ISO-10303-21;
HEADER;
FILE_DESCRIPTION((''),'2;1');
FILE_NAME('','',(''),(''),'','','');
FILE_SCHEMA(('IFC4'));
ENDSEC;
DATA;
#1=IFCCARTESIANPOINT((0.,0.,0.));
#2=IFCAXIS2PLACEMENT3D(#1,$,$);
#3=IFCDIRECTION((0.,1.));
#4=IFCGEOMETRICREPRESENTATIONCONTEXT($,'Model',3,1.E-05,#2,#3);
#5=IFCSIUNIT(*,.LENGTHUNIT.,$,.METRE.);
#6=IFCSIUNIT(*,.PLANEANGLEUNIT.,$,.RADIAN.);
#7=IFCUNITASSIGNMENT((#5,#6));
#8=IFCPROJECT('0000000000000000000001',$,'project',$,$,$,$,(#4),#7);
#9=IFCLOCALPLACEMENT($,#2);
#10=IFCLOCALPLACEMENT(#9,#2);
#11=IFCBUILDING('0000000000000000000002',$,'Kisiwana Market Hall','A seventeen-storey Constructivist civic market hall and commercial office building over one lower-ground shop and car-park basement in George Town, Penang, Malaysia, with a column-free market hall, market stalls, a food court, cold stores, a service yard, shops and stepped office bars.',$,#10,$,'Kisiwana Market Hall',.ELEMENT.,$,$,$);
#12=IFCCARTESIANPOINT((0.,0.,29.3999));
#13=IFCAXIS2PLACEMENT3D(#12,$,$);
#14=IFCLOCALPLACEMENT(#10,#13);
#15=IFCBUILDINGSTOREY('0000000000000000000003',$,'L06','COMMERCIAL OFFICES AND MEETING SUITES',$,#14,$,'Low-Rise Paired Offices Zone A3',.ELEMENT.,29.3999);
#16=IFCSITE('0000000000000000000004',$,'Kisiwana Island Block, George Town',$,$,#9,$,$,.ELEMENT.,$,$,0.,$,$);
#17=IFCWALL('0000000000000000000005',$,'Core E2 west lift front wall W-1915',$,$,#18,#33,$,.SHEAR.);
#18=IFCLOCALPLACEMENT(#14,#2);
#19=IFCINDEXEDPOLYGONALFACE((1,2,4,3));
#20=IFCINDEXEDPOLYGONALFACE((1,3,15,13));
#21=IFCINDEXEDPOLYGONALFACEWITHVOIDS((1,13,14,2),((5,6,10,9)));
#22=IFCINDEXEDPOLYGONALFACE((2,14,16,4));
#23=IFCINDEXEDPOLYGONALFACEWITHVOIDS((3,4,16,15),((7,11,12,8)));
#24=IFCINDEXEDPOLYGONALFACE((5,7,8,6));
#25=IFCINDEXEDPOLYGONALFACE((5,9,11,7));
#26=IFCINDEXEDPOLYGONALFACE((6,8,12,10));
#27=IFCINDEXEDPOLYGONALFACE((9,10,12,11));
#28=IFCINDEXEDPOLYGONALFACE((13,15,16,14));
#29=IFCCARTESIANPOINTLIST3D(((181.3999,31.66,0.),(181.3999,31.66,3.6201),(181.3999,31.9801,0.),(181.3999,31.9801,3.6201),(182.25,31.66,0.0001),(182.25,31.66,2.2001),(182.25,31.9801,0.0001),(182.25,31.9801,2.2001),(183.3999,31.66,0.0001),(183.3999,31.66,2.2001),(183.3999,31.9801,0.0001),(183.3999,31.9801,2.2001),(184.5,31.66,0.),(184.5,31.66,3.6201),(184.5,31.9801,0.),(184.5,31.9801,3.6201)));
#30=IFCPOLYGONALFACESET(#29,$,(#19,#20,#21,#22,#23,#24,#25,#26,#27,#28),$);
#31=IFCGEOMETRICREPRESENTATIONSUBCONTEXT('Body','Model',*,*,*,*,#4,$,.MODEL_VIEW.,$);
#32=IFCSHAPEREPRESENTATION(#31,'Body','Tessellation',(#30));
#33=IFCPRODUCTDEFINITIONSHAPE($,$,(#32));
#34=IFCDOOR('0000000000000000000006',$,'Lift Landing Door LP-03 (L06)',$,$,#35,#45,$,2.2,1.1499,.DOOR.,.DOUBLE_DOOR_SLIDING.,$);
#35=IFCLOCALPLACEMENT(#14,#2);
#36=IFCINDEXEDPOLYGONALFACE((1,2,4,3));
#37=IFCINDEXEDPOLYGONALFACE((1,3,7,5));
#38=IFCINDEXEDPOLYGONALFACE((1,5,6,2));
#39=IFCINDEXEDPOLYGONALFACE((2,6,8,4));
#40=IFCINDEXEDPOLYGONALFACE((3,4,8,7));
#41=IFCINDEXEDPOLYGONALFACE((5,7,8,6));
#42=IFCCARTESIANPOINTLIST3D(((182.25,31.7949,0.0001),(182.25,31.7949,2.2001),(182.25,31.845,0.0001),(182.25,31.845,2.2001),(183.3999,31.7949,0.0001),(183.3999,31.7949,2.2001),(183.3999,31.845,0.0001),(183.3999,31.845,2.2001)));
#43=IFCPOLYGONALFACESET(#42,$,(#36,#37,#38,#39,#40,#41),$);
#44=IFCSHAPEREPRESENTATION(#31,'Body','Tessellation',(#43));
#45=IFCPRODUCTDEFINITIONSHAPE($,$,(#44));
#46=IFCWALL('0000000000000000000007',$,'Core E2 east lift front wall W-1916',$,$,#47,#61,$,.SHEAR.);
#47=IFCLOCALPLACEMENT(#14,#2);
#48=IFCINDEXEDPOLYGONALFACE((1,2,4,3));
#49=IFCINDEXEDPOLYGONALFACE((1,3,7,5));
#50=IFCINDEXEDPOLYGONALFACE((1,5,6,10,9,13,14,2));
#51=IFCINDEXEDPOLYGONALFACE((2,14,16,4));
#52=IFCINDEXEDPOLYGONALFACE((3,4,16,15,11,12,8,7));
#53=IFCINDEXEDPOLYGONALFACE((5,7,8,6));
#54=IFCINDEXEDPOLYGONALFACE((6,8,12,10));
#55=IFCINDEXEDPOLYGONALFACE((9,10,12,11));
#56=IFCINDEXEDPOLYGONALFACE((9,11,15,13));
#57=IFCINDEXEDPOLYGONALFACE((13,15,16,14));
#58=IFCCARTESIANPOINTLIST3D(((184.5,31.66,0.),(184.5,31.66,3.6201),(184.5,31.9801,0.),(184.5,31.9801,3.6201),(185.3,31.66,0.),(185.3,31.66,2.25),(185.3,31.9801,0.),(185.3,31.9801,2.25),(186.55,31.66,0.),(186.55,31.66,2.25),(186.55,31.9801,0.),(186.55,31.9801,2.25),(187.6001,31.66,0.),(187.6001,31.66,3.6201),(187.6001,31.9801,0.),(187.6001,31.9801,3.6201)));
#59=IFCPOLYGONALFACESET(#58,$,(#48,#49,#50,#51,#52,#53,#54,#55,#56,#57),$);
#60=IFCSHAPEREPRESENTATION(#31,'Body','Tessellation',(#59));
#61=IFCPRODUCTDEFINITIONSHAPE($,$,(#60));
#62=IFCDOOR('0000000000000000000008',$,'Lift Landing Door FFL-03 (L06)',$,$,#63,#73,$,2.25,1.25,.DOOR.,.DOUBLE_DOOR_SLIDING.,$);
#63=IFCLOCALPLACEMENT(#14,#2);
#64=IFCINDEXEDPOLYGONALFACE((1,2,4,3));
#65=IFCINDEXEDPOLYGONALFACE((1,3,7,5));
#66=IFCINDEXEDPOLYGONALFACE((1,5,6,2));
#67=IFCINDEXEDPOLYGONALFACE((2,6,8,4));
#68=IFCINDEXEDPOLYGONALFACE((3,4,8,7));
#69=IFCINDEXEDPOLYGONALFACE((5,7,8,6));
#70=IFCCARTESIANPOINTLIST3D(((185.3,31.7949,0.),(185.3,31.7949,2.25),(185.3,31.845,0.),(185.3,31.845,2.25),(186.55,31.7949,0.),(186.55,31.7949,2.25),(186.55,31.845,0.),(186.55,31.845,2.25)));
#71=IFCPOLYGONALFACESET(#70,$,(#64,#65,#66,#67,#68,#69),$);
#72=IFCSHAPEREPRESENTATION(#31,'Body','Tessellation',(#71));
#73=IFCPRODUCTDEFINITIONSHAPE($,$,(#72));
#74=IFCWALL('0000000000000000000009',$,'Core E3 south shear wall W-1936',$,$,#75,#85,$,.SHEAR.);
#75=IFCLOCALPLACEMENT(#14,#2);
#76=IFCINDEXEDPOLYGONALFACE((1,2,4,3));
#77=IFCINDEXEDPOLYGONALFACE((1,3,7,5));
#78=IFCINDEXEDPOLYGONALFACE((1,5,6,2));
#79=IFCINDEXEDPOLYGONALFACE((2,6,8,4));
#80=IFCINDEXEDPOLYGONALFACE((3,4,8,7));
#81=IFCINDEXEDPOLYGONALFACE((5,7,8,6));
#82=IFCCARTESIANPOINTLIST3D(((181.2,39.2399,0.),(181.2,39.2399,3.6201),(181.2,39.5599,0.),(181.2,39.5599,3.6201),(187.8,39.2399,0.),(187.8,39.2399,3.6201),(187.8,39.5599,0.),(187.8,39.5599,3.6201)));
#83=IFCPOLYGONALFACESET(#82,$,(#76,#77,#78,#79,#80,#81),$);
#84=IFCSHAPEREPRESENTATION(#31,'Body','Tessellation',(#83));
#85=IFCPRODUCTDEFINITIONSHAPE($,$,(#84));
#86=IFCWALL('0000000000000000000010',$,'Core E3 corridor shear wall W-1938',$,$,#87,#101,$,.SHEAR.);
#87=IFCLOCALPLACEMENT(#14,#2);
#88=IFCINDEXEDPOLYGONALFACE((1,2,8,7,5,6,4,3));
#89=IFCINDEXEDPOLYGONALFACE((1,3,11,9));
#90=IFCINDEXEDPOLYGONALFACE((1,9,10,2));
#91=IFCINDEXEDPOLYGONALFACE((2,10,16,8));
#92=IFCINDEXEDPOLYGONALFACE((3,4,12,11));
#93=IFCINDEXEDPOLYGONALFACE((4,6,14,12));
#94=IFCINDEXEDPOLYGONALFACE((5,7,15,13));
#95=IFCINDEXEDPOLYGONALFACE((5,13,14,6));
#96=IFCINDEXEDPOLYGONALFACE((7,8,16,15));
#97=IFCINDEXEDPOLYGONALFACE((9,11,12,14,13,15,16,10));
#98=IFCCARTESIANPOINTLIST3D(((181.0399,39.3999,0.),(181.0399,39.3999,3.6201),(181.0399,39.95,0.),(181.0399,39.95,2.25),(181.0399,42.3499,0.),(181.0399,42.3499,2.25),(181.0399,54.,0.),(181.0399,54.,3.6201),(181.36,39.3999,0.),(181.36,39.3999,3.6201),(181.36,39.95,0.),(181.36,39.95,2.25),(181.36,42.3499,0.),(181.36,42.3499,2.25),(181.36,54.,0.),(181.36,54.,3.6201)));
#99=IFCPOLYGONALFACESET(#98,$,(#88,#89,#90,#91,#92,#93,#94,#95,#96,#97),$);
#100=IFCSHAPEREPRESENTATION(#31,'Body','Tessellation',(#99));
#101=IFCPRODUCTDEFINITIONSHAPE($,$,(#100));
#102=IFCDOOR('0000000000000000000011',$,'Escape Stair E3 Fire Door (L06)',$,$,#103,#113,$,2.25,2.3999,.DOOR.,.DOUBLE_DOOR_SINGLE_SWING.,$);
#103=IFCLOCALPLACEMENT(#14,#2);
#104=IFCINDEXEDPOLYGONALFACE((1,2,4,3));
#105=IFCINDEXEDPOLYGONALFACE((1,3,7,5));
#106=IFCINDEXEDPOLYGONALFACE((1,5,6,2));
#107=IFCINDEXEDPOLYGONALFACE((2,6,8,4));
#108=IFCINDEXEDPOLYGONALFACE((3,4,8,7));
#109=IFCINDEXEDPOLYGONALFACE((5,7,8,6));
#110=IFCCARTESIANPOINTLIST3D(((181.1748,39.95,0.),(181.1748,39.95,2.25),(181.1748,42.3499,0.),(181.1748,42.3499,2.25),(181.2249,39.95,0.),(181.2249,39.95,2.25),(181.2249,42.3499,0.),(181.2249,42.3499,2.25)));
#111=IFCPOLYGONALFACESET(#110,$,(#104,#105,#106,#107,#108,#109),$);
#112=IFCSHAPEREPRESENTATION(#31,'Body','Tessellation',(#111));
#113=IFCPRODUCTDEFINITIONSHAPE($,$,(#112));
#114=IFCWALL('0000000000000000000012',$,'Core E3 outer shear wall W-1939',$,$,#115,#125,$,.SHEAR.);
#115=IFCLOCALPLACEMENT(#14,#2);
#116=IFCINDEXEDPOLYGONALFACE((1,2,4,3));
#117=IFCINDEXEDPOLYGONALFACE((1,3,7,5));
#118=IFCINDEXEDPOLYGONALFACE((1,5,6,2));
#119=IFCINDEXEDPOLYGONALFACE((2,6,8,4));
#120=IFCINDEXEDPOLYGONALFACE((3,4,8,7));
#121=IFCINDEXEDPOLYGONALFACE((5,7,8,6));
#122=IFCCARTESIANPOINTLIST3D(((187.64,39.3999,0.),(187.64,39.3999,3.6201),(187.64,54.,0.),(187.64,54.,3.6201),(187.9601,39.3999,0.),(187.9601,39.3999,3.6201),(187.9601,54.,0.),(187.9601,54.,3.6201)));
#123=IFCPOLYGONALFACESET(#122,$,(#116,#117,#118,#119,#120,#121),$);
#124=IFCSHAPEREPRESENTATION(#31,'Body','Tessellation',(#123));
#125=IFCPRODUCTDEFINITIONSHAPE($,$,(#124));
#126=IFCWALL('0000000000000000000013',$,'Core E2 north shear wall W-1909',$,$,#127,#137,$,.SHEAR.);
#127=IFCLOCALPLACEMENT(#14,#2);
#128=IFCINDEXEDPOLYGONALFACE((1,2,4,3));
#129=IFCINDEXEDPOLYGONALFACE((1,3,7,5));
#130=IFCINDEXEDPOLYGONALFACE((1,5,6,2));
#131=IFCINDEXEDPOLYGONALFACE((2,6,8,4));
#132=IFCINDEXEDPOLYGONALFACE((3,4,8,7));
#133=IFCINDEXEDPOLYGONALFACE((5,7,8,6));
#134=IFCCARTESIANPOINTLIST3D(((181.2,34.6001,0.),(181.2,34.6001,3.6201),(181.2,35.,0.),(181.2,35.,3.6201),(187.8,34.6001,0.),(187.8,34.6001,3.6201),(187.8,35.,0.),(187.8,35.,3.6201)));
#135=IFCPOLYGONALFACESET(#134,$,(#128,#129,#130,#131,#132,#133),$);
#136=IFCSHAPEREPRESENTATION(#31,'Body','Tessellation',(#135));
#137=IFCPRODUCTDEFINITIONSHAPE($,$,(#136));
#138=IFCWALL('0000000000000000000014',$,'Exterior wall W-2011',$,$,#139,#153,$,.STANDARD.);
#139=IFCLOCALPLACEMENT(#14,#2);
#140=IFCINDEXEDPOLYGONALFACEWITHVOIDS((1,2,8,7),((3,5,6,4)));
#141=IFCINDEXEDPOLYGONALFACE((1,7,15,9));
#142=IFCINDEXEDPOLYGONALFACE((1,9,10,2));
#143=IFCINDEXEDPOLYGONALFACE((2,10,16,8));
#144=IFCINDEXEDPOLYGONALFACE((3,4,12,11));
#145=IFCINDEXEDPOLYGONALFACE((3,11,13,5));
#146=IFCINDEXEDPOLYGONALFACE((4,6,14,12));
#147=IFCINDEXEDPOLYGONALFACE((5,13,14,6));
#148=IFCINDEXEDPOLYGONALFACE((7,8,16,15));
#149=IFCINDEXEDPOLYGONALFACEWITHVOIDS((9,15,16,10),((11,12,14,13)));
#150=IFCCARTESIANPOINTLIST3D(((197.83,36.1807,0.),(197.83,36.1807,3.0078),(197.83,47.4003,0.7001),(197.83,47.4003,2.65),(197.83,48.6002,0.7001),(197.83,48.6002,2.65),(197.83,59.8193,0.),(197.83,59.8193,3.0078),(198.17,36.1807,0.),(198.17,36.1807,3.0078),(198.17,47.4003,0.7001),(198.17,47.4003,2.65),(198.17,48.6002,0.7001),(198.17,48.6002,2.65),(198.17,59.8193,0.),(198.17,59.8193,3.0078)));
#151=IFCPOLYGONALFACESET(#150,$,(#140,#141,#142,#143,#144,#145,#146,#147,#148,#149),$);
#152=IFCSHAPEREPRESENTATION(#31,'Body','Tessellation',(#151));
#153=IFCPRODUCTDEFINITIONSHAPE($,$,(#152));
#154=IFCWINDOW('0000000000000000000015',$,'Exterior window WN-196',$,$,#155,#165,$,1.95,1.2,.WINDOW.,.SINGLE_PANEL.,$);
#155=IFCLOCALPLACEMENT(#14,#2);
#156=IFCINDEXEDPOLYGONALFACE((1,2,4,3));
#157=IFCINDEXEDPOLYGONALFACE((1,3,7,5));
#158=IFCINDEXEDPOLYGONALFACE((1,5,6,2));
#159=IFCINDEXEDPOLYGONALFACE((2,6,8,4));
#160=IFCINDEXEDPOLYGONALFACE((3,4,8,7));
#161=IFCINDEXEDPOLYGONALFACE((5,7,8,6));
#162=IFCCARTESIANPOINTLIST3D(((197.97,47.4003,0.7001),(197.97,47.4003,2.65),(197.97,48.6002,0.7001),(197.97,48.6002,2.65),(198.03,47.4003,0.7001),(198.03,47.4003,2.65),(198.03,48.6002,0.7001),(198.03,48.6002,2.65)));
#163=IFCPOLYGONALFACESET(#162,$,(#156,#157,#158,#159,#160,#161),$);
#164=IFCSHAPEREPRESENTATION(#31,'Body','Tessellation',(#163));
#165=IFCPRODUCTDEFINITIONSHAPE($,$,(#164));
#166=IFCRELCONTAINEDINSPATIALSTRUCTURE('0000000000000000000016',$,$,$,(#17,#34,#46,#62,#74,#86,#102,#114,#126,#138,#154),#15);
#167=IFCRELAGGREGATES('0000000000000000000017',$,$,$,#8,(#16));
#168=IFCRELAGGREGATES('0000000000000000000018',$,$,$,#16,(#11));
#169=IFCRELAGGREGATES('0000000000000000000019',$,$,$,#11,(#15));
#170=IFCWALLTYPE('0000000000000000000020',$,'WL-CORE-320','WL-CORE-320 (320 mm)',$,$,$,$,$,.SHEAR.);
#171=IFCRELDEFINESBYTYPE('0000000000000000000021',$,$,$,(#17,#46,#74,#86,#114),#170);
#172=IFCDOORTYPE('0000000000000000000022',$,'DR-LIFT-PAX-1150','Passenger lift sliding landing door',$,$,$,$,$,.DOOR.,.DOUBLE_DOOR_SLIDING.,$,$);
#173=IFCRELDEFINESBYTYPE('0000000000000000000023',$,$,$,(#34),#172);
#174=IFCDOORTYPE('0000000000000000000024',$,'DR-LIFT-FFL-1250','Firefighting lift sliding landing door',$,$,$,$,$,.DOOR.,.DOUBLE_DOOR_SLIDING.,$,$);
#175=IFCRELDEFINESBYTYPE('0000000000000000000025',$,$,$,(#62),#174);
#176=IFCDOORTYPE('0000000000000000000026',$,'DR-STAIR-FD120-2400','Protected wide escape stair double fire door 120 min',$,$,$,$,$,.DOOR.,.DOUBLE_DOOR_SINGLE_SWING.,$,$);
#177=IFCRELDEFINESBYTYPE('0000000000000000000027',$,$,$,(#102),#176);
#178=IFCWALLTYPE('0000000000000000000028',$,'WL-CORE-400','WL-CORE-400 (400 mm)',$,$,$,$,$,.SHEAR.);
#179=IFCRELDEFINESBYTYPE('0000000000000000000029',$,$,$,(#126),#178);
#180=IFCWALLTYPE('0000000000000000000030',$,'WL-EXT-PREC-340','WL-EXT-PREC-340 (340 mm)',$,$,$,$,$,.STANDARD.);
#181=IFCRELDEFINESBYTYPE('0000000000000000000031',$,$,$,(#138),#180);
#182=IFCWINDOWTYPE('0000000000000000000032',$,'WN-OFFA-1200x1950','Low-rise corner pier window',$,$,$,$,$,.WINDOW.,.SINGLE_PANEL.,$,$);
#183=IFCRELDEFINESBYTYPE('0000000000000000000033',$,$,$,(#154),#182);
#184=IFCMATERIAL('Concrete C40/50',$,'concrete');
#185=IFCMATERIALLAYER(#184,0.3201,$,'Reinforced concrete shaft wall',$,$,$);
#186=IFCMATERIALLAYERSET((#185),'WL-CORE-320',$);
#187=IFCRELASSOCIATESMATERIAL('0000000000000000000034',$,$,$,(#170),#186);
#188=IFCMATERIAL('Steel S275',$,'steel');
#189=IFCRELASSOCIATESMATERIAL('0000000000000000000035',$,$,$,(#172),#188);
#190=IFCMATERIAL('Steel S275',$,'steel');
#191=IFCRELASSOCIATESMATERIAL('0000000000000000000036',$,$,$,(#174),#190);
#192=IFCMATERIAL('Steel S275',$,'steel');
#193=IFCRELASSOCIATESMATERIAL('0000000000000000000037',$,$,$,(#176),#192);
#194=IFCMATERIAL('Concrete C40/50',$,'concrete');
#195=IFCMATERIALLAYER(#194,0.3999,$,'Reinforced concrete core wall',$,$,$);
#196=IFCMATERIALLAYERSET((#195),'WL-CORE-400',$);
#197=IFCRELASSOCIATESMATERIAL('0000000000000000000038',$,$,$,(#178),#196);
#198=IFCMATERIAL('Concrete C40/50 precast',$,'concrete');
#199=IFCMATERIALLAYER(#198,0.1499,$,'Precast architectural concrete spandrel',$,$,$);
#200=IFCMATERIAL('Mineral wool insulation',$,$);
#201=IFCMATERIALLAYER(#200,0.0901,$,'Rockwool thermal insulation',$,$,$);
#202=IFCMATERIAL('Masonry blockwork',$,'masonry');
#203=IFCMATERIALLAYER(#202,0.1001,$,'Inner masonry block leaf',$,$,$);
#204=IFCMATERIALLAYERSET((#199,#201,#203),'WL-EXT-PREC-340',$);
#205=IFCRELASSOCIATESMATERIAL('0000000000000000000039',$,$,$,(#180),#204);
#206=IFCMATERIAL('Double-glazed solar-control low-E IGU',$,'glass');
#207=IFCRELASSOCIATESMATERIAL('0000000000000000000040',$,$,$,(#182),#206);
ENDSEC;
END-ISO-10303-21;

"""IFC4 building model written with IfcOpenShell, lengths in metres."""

from ifc_helpers import new_model, si_unit, direction, frame, frame_2d, origin, place, context, subcontext, project, spatial, rectangle, extrude, material, layer, layer_set, type_object, element, fill, save


model = new_model("IFC4")

# Units and contexts
model_context = context("Model", 3, precision=1e-05, world=origin(), true_north=direction((0.0, 1.0)))
body_context = subcontext(model_context, "Body", "Model", "MODEL_VIEW")
ifc_project = project(units=[si_unit("LENGTHUNIT", "METRE"), si_unit("PLANEANGLEUNIT", "RADIAN")], contexts=[model_context])

# Site, building, storey
site_placement = place(None, origin())
site = spatial("IfcSite", under=ifc_project, at=site_placement, Name="Kisiwana Island Block, George Town", CompositionType="ELEMENT", RefElevation=0.0)
building_placement = place(site_placement, origin())
building = spatial("IfcBuilding", under=site, at=building_placement, Name="Kisiwana Market Hall", Description="A seventeen-storey Constructivist civic market hall and commercial office building over one lower-ground shop and car-park basement in George Town, Penang, Malaysia, with a column-free market hall, market stalls, a food court, cold stores, a service yard, shops and stepped office bars.", LongName="Kisiwana Market Hall", CompositionType="ELEMENT")
storey_placement = place(building_placement, frame((0.0, 0.0, 29.3999)))
storey = spatial("IfcBuildingStorey", under=building, at=storey_placement, Name="L06", Description="COMMERCIAL OFFICES AND MEETING SUITES", LongName="Low-Rise Paired Offices Zone A3", CompositionType="ELEMENT", Elevation=29.3999)

# Walls, openings, doors
ifc_material_1 = material(Name="Concrete C40/50", Category="concrete")
ifc_layer_1 = layer(ifc_material_1, 0.3201, Name="Reinforced concrete shaft wall")
ifc_layer_set_1 = layer_set([ifc_layer_1], Name="WL-CORE-320")
wall_type_1 = type_object("IfcWallType", Name="WL-CORE-320", Description="WL-CORE-320 (320 mm)", PredefinedType="SHEAR", material=ifc_layer_set_1)
wall_1_placement = place(storey_placement, frame((181.3999, 31.8201, 0.0), z_axis=(0.0, 0.0, 1.0), x_axis=(1.0, 0.0, 0.0)))
wall_1 = element("IfcWall", 1, at=wall_1_placement, inside=storey, type_object=wall_type_1, Name="Core E2 west lift front wall W-1915", PredefinedType="SHEAR", context=body_context, shape_type="SweptSolid", body=[
    extrude(rectangle(XDim=3.1001, YDim=0.3201, at=frame_2d((1.55, 0.0))), origin(), (0.0, 0.0, 1.0), 3.6201),
])
opening_1_placement = place(wall_1_placement, frame((0.8501, 0.0, 0.0)))
opening_1 = element("IfcOpeningElement", 2, at=opening_1_placement, cuts=wall_1, PredefinedType="OPENING", context=body_context, shape_type="SweptSolid", body=[
    extrude(rectangle(XDim=1.1499, YDim=2.2, at=frame_2d((0.575, 1.1001))), frame((0.0, 0.1719, 0.0), z_axis=(0.0, -1.0, 0.0), x_axis=(1.0, 0.0, 0.0)), (0.0, 0.0, 1.0), 0.344),
])
ifc_material_2 = material(Name="Steel S275", Category="steel")
door_type_1 = type_object("IfcDoorType", Name="DR-LIFT-PAX-1150", Description="Passenger lift sliding landing door", OperationType="DOUBLE_DOOR_SLIDING", PredefinedType="DOOR", material=ifc_material_2)
door_1_placement = place(opening_1_placement, origin())
door_1 = element("IfcDoor", 3, at=door_1_placement, inside=storey, type_object=door_type_1, Name="Lift Landing Door LP-03 (L06)", OperationType="DOUBLE_DOOR_SLIDING", OverallHeight=2.2, OverallWidth=1.1499, PredefinedType="DOOR", context=body_context, shape_type="SweptSolid", body=[
    extrude(rectangle(XDim=1.1499, YDim=2.2, at=frame_2d((0.575, 1.1001))), frame((0.0, 0.0249, 0.0), z_axis=(0.0, -1.0, 0.0), x_axis=(1.0, 0.0, 0.0)), (0.0, 0.0, 1.0), 0.05),
])
fill(opening_1, door_1)
wall_2_placement = place(storey_placement, frame((184.5, 31.8201, 0.0), z_axis=(0.0, 0.0, 1.0), x_axis=(1.0, 0.0, 0.0)))
wall_2 = element("IfcWall", 4, at=wall_2_placement, inside=storey, type_object=wall_type_1, Name="Core E2 east lift front wall W-1916", PredefinedType="SHEAR", context=body_context, shape_type="SweptSolid", body=[
    extrude(rectangle(XDim=3.1001, YDim=0.3201, at=frame_2d((1.55, 0.0))), origin(), (0.0, 0.0, 1.0), 3.6201),
])
opening_2_placement = place(wall_2_placement, frame((0.8, 0.0, 0.0)))
opening_2 = element("IfcOpeningElement", 5, at=opening_2_placement, cuts=wall_2, PredefinedType="OPENING", context=body_context, shape_type="SweptSolid", body=[
    extrude(rectangle(XDim=1.25, YDim=2.25, at=frame_2d((0.625, 1.125))), frame((0.0, 0.1719, 0.0), z_axis=(0.0, -1.0, 0.0), x_axis=(1.0, 0.0, 0.0)), (0.0, 0.0, 1.0), 0.344),
])
ifc_material_3 = material(Name="Steel S275", Category="steel")
door_type_2 = type_object("IfcDoorType", Name="DR-LIFT-FFL-1250", Description="Firefighting lift sliding landing door", OperationType="DOUBLE_DOOR_SLIDING", PredefinedType="DOOR", material=ifc_material_3)
door_2_placement = place(opening_2_placement, origin())
door_2 = element("IfcDoor", 6, at=door_2_placement, inside=storey, type_object=door_type_2, Name="Lift Landing Door FFL-03 (L06)", OperationType="DOUBLE_DOOR_SLIDING", OverallHeight=2.25, OverallWidth=1.25, PredefinedType="DOOR", context=body_context, shape_type="SweptSolid", body=[
    extrude(rectangle(XDim=1.25, YDim=2.25, at=frame_2d((0.625, 1.125))), frame((0.0, 0.0249, 0.0), z_axis=(0.0, -1.0, 0.0), x_axis=(1.0, 0.0, 0.0)), (0.0, 0.0, 1.0), 0.05),
])
fill(opening_2, door_2)

# Wall
wall_3_placement = place(storey_placement, frame((181.2, 39.3999, 0.0), z_axis=(0.0, 0.0, 1.0), x_axis=(1.0, 0.0, 0.0)))
element("IfcWall", 7, at=wall_3_placement, inside=storey, type_object=wall_type_1, Name="Core E3 south shear wall W-1936", PredefinedType="SHEAR", context=body_context, shape_type="SweptSolid", body=[
    extrude(rectangle(XDim=6.6001, YDim=0.3201, at=frame_2d((3.3, 0.0))), origin(), (0.0, 0.0, 1.0), 3.6201),
])

# Wall, opening, door
wall_4_placement = place(storey_placement, frame((181.2, 39.3999, 0.0), z_axis=(0.0, 0.0, 1.0), x_axis=(0.0, 1.0, 0.0)))
wall_4 = element("IfcWall", 8, at=wall_4_placement, inside=storey, type_object=wall_type_1, Name="Core E3 corridor shear wall W-1938", PredefinedType="SHEAR", context=body_context, shape_type="SweptSolid", body=[
    extrude(rectangle(XDim=14.6001, YDim=0.3201, at=frame_2d((7.3, 0.0))), origin(), (0.0, 0.0, 1.0), 3.6201),
])
opening_3_placement = place(wall_4_placement, frame((0.55, 0.0, 0.0)))
opening_3 = element("IfcOpeningElement", 9, at=opening_3_placement, cuts=wall_4, PredefinedType="OPENING", context=body_context, shape_type="SweptSolid", body=[
    extrude(rectangle(XDim=2.3999, YDim=2.25, at=frame_2d((1.2, 1.125))), frame((0.0, 0.1719, 0.0), z_axis=(0.0, -1.0, 0.0), x_axis=(1.0, 0.0, 0.0)), (0.0, 0.0, 1.0), 0.344),
])
ifc_material_4 = material(Name="Steel S275", Category="steel")
door_type_3 = type_object("IfcDoorType", Name="DR-STAIR-FD120-2400", Description="Protected wide escape stair double fire door 120 min", OperationType="DOUBLE_DOOR_SINGLE_SWING", PredefinedType="DOOR", material=ifc_material_4)
door_3_placement = place(opening_3_placement, frame((2.3999, 0.0, 0.0), z_axis=(0.0, 0.0, 1.0), x_axis=(-1.0, 0.0, 0.0)))
door_3 = element("IfcDoor", 10, at=door_3_placement, inside=storey, type_object=door_type_3, Name="Escape Stair E3 Fire Door (L06)", OperationType="DOUBLE_DOOR_SINGLE_SWING", OverallHeight=2.25, OverallWidth=2.3999, PredefinedType="DOOR", context=body_context, shape_type="SweptSolid", body=[
    extrude(rectangle(XDim=2.3999, YDim=2.25, at=frame_2d((1.2, 1.125))), frame((0.0, 0.0249, 0.0), z_axis=(0.0, -1.0, 0.0), x_axis=(1.0, 0.0, 0.0)), (0.0, 0.0, 1.0), 0.05),
])
fill(opening_3, door_3)

# Walls
wall_5_placement = place(storey_placement, frame((187.8, 39.3999, 0.0), z_axis=(0.0, 0.0, 1.0), x_axis=(0.0, 1.0, 0.0)))
element("IfcWall", 11, at=wall_5_placement, inside=storey, type_object=wall_type_1, Name="Core E3 outer shear wall W-1939", PredefinedType="SHEAR", context=body_context, shape_type="SweptSolid", body=[
    extrude(rectangle(XDim=14.6001, YDim=0.3201, at=frame_2d((7.3, 0.0))), origin(), (0.0, 0.0, 1.0), 3.6201),
])
ifc_material_5 = material(Name="Concrete C40/50", Category="concrete")
ifc_layer_2 = layer(ifc_material_5, 0.3999, Name="Reinforced concrete core wall")
ifc_layer_set_2 = layer_set([ifc_layer_2], Name="WL-CORE-400")
wall_type_2 = type_object("IfcWallType", Name="WL-CORE-400", Description="WL-CORE-400 (400 mm)", PredefinedType="SHEAR", material=ifc_layer_set_2)
wall_6_placement = place(storey_placement, frame((181.2, 34.8, 0.0), z_axis=(0.0, 0.0, 1.0), x_axis=(1.0, 0.0, 0.0)))
element("IfcWall", 12, at=wall_6_placement, inside=storey, type_object=wall_type_2, Name="Core E2 north shear wall W-1909", PredefinedType="SHEAR", context=body_context, shape_type="SweptSolid", body=[
    extrude(rectangle(XDim=6.6001, YDim=0.3999, at=frame_2d((3.3, 0.0))), origin(), (0.0, 0.0, 1.0), 3.6201),
])

# Wall, opening, window
ifc_material_6 = material(Name="Concrete C40/50 precast", Category="concrete")
ifc_layer_3 = layer(ifc_material_6, 0.1499, Name="Precast architectural concrete spandrel")
ifc_material_7 = material(Name="Mineral wool insulation")
ifc_layer_4 = layer(ifc_material_7, 0.0901, Name="Rockwool thermal insulation")
ifc_material_8 = material(Name="Masonry blockwork", Category="masonry")
ifc_layer_5 = layer(ifc_material_8, 0.1001, Name="Inner masonry block leaf")
ifc_layer_set_3 = layer_set([ifc_layer_3, ifc_layer_4, ifc_layer_5], Name="WL-EXT-PREC-340")
wall_type_3 = type_object("IfcWallType", Name="WL-EXT-PREC-340", Description="WL-EXT-PREC-340 (340 mm)", PredefinedType="STANDARD", material=ifc_layer_set_3)
wall_7_placement = place(storey_placement, frame((198.0, 36.1807, 0.0), z_axis=(0.0, 0.0, 1.0), x_axis=(0.0, 1.0, 0.0)))
wall_7 = element("IfcWall", 13, at=wall_7_placement, inside=storey, type_object=wall_type_3, Name="Exterior wall W-2011", PredefinedType="STANDARD", context=body_context, shape_type="SweptSolid", body=[
    extrude(rectangle(XDim=23.6387, YDim=0.3401, at=frame_2d((11.8193, 0.0))), origin(), (0.0, 0.0, 1.0), 3.0078),
])
opening_4_placement = place(wall_7_placement, frame((11.2195, 0.0, 0.7)))
opening_4 = element("IfcOpeningElement", 14, at=opening_4_placement, cuts=wall_7, PredefinedType="OPENING", context=body_context, shape_type="SweptSolid", body=[
    extrude(rectangle(XDim=1.2, YDim=1.95, at=frame_2d((0.6001, 0.9751))), frame((0.0, 0.1821, 0.0), z_axis=(0.0, -1.0, 0.0), x_axis=(1.0, 0.0, 0.0)), (0.0, 0.0, 1.0), 0.364),
])
ifc_material_9 = material(Name="Double-glazed solar-control low-E IGU", Category="glass")
window_type = type_object("IfcWindowType", Name="WN-OFFA-1200x1950", Description="Low-rise corner pier window", PartitioningType="SINGLE_PANEL", PredefinedType="WINDOW", material=ifc_material_9)
window_placement = place(opening_4_placement, origin())
window = element("IfcWindow", 15, at=window_placement, inside=storey, type_object=window_type, Name="Exterior window WN-196", OverallHeight=1.95, OverallWidth=1.2, PartitioningType="SINGLE_PANEL", PredefinedType="WINDOW", context=body_context, shape_type="SweptSolid", body=[
    extrude(rectangle(XDim=1.2, YDim=1.95, at=frame_2d((0.6001, 0.9751))), frame((0.0, 0.03, 0.0), z_axis=(0.0, -1.0, 0.0), x_axis=(1.0, 0.0, 0.0)), (0.0, 0.0, 1.0), 0.0601),
])
fill(opening_4, window)

save(model, "model.ifc")
